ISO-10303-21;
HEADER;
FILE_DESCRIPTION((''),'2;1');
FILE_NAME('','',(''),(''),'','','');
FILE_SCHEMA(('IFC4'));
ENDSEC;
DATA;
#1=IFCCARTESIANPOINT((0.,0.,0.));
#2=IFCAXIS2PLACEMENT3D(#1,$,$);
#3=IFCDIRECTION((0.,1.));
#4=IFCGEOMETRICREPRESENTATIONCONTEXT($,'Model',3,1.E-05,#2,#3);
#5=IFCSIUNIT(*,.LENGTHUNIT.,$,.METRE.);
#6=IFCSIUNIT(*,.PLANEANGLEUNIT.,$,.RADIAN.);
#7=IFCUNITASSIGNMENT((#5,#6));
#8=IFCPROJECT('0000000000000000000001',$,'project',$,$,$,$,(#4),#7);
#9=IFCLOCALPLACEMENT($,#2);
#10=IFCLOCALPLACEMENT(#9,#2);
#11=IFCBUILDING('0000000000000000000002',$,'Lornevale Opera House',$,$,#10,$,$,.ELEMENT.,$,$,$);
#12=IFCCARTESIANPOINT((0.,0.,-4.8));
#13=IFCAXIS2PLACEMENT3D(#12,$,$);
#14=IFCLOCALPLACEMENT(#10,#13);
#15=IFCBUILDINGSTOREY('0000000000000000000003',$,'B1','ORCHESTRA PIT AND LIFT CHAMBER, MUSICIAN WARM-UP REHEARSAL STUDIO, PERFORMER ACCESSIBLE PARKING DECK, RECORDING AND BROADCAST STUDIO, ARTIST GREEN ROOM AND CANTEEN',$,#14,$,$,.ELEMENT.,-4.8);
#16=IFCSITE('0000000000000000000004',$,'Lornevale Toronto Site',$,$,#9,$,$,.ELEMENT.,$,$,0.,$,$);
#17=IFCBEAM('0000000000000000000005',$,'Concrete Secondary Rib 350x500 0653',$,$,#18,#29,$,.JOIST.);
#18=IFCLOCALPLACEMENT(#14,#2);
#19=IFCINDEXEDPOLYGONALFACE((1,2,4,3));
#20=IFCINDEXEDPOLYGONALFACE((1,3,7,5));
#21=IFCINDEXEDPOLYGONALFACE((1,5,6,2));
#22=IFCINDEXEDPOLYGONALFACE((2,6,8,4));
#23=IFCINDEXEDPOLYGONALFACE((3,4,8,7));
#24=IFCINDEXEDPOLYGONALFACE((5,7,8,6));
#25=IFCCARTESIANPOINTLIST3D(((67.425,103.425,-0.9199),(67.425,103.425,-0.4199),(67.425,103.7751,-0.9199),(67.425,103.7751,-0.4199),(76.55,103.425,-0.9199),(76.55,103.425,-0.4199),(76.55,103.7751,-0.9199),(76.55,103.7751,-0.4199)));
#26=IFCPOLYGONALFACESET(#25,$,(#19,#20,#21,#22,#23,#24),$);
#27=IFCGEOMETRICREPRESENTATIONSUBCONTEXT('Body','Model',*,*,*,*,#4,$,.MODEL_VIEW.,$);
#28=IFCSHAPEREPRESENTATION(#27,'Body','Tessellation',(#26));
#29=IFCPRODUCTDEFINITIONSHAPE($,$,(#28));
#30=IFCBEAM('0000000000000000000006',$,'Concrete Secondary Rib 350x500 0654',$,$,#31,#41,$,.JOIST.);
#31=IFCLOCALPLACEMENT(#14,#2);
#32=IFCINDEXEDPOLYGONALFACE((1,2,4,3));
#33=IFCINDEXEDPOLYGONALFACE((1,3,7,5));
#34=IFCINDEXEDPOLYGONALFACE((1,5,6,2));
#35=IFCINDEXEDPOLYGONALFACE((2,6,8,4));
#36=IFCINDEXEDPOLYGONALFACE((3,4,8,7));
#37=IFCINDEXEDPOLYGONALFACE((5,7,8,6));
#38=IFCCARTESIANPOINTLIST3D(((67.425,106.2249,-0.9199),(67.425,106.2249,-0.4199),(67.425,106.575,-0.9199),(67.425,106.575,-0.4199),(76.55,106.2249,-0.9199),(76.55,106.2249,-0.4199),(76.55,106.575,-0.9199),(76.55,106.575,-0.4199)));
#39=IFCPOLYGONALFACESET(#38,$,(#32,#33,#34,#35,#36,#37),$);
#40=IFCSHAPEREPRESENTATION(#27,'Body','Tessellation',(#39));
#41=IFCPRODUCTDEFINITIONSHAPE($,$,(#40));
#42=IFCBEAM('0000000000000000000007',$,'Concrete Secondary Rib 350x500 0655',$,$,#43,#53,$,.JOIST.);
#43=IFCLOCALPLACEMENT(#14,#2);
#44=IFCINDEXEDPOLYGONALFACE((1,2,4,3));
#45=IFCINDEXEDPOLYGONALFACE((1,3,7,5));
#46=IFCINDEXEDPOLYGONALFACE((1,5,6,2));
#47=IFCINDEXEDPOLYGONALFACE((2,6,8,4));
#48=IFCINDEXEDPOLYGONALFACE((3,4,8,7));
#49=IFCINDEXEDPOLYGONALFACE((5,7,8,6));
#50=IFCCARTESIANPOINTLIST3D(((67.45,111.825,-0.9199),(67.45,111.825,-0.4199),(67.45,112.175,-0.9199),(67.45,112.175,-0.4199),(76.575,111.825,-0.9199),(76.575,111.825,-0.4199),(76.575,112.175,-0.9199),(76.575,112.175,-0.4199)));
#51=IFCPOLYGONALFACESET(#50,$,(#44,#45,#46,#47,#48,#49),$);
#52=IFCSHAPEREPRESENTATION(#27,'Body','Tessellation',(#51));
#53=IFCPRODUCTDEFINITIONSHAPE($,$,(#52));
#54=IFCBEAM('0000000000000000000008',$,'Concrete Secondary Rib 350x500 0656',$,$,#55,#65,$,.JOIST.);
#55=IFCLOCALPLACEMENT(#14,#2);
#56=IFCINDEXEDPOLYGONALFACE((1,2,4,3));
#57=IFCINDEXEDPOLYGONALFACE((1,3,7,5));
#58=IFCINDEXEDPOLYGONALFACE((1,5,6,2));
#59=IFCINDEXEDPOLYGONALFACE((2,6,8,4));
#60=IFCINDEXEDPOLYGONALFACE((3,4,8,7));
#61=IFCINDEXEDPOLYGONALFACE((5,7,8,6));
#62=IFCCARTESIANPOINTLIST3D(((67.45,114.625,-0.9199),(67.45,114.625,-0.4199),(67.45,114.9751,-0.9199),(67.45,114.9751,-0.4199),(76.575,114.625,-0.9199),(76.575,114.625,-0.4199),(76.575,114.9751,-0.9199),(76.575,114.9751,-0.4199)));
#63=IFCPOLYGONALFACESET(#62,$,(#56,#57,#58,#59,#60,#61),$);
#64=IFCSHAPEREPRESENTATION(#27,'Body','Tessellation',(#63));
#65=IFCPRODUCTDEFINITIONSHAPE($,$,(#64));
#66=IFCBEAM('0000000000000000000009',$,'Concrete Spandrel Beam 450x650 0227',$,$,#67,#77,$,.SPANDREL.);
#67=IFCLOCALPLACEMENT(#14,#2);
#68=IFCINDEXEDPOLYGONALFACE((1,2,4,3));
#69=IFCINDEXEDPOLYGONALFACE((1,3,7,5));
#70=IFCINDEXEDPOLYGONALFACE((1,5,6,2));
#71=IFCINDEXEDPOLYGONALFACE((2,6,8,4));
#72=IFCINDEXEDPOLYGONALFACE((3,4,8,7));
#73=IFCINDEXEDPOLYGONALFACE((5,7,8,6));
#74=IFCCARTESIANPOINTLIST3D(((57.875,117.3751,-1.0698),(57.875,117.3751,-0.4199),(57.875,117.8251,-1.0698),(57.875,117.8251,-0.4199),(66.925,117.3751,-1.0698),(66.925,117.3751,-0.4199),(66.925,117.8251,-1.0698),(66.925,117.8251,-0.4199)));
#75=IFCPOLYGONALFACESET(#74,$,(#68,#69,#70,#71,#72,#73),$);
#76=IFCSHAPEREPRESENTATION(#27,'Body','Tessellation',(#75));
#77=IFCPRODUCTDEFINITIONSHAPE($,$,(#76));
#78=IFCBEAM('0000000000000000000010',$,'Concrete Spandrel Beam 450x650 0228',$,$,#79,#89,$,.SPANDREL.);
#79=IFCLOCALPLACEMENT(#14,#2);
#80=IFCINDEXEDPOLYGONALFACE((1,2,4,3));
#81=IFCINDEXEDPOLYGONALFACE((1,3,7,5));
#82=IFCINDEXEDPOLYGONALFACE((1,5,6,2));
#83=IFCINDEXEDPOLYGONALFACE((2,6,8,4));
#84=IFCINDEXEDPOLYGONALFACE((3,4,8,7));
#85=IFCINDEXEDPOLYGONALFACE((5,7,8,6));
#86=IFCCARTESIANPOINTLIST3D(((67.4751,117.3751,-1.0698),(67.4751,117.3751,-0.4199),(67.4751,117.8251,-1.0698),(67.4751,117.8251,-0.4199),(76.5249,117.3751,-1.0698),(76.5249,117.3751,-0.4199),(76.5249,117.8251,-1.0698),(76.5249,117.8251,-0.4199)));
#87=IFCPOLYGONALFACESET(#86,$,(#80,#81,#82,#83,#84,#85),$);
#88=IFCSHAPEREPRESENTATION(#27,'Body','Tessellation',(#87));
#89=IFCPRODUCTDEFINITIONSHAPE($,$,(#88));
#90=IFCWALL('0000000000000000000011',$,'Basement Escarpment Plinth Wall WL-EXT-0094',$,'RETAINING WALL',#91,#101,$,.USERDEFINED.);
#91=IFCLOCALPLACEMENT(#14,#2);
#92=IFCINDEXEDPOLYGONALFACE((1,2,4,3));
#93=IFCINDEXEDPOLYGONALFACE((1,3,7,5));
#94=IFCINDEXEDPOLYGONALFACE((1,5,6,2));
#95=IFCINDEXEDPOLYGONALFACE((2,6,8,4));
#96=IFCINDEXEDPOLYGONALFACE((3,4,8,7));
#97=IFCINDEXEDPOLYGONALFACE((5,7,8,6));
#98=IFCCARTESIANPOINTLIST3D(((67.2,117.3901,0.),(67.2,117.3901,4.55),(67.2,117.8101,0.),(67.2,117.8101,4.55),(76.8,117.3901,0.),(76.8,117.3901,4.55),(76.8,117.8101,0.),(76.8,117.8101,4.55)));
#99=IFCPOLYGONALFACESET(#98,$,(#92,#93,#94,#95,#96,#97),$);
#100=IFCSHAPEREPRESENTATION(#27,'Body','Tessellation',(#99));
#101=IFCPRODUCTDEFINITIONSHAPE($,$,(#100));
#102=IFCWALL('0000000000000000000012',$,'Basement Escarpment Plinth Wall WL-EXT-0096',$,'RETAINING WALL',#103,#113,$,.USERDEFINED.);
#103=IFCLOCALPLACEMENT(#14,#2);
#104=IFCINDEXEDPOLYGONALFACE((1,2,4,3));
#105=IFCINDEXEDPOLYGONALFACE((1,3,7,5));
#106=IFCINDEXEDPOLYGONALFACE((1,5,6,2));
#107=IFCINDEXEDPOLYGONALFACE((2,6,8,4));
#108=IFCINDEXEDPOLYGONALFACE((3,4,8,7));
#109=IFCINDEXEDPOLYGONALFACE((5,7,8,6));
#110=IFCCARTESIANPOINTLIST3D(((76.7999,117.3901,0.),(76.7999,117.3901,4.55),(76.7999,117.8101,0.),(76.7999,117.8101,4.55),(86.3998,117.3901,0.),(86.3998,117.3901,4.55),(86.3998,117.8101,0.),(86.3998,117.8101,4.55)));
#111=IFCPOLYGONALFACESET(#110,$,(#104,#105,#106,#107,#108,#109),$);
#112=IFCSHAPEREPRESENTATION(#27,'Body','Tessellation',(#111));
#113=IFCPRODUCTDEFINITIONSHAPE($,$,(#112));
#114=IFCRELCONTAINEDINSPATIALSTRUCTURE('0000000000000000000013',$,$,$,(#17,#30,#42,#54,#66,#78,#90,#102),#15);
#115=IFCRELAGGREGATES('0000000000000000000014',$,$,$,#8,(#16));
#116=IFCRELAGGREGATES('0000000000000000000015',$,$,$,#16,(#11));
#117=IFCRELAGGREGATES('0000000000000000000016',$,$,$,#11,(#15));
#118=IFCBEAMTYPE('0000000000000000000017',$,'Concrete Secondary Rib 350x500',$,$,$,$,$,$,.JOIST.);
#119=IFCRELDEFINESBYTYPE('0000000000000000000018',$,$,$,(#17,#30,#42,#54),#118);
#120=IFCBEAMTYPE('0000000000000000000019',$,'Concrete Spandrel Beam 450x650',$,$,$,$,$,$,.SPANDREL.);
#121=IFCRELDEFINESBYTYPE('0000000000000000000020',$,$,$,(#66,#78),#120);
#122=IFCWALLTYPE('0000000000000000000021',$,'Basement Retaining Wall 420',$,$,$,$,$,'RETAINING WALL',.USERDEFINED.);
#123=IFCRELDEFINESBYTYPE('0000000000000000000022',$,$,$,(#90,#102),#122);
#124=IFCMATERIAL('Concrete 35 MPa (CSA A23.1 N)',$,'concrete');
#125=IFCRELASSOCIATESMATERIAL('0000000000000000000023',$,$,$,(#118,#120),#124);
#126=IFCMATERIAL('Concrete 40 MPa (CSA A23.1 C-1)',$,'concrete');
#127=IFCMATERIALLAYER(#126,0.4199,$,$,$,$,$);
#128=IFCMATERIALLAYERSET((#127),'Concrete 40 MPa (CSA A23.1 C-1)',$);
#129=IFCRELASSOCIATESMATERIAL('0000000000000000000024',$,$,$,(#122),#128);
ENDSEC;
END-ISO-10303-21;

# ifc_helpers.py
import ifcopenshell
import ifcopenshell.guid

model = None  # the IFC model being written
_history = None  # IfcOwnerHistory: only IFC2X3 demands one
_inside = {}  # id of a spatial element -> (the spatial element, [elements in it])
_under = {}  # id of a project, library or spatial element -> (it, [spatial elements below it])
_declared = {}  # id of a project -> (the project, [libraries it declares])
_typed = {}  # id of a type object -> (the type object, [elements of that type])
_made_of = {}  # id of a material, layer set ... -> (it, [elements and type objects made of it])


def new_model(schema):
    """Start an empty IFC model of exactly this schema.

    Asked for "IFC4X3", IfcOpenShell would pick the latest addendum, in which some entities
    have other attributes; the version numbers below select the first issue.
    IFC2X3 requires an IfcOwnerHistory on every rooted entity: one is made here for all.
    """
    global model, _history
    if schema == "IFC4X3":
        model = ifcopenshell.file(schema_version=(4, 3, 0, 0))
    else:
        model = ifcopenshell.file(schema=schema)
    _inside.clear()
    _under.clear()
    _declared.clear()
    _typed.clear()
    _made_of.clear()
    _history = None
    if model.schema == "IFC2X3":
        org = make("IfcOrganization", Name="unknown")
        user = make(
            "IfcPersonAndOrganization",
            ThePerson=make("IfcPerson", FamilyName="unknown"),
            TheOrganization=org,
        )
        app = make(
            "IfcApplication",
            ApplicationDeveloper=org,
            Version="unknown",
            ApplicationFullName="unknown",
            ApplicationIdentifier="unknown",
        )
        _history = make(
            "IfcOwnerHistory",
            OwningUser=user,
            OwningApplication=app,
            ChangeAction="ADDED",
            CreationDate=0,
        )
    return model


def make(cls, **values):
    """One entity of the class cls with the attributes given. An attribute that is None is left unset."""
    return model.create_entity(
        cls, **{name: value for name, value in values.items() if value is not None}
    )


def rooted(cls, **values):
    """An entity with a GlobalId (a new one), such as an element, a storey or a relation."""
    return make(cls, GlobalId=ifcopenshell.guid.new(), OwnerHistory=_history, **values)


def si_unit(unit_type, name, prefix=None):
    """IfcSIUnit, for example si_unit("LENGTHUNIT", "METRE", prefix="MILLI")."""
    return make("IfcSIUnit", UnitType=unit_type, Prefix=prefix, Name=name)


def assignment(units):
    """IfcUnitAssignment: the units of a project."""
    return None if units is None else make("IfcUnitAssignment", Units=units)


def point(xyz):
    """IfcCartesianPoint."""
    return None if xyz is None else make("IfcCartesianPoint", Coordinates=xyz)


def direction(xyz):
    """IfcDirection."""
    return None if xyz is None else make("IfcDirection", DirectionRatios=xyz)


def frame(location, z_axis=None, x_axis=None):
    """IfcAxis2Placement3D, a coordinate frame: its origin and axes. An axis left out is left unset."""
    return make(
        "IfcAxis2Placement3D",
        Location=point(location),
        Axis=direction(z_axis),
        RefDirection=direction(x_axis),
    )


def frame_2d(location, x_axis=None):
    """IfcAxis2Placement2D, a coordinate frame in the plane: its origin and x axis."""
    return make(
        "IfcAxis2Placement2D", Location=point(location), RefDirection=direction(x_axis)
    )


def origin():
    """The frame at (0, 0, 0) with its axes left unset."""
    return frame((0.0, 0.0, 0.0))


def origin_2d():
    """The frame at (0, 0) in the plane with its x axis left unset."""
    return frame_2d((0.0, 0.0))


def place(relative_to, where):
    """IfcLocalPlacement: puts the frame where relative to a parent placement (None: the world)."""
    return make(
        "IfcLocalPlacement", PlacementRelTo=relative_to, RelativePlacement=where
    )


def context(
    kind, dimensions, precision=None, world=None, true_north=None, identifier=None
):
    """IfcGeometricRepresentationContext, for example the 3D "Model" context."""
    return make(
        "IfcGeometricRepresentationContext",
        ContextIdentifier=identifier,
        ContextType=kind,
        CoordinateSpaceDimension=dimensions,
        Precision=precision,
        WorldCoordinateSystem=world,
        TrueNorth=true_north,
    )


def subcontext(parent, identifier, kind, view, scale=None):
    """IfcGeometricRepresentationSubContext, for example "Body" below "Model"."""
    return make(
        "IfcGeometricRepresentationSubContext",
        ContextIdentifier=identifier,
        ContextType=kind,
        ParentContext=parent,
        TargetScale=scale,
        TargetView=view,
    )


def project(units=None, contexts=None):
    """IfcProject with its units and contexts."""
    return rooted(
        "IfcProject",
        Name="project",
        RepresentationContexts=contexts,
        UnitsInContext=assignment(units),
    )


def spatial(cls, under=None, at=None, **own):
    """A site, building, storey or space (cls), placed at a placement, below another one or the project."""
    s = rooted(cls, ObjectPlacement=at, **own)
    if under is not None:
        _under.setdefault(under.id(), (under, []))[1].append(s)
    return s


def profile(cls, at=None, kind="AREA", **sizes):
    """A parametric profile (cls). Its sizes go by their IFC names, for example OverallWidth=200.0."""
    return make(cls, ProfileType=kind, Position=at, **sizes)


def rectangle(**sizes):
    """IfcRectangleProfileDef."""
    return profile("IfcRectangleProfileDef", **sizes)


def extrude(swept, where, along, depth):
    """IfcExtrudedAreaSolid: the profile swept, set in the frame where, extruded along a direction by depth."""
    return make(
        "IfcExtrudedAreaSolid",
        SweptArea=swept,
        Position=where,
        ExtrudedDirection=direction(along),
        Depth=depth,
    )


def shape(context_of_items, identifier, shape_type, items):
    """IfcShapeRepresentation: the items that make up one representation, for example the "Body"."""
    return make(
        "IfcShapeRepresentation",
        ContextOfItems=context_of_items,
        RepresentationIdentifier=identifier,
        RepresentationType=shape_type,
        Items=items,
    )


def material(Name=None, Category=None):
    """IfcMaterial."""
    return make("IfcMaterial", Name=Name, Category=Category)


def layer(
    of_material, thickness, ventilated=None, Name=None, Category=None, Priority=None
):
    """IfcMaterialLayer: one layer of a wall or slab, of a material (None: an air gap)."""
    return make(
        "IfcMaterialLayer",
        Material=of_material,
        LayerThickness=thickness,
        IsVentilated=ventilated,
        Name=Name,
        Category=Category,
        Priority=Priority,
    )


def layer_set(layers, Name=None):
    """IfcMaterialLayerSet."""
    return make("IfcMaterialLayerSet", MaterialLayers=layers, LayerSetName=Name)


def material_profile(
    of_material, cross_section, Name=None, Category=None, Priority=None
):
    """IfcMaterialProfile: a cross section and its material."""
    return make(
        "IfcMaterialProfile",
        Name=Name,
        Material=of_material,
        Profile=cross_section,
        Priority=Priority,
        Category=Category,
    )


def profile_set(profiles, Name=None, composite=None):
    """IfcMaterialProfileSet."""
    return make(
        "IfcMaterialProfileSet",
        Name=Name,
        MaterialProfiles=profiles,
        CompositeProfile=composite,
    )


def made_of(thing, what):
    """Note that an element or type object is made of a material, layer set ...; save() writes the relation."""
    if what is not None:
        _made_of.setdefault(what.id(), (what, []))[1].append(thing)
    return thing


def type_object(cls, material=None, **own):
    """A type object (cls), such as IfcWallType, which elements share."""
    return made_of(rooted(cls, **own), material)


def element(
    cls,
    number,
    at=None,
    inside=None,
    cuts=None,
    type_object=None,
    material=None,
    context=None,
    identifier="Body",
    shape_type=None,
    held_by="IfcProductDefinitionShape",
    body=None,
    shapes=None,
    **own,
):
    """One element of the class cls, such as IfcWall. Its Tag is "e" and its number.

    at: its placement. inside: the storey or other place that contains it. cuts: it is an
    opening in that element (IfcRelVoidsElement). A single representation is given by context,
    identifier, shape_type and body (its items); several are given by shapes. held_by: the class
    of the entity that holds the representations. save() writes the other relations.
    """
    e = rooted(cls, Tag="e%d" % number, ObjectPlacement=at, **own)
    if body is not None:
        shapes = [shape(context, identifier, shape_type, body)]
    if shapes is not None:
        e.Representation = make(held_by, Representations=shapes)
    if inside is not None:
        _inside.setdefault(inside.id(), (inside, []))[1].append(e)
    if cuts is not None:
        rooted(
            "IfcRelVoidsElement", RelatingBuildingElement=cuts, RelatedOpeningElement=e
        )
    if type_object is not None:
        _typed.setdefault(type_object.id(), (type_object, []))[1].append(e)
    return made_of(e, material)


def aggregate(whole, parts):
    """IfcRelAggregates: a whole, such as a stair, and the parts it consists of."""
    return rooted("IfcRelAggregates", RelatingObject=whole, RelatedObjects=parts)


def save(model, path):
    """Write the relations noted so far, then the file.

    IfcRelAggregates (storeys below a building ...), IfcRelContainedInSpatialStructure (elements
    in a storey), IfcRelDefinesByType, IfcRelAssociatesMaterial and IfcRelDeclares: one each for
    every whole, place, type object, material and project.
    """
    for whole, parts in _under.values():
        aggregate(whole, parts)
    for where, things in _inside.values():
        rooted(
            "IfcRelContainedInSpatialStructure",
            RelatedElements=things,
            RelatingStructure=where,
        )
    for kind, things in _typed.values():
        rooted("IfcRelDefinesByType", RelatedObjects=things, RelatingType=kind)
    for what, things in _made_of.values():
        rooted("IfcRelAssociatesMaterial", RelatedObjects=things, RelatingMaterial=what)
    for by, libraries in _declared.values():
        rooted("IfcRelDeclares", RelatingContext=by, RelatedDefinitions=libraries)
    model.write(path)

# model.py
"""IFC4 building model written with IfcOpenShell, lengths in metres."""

from ifc_helpers import new_model, si_unit, direction, frame, frame_2d, origin, origin_2d, place, context, subcontext, project, spatial, rectangle, extrude, material, layer, layer_set, material_profile, profile_set, type_object, element, save


model = new_model("IFC4")

# Units and contexts
model_context = context("Model", 3, precision=1e-05, world=origin(), true_north=direction((0.0, 1.0)))
body_context = subcontext(model_context, "Body", "Model", "MODEL_VIEW")
ifc_project = project(units=[si_unit("LENGTHUNIT", "METRE"), si_unit("PLANEANGLEUNIT", "RADIAN")], contexts=[model_context])

# Site, building, storey
site_placement = place(None, origin())
site = spatial("IfcSite", under=ifc_project, at=site_placement, Name="Lornevale Toronto Site", CompositionType="ELEMENT", RefElevation=0.0)
building_placement = place(site_placement, origin())
building = spatial("IfcBuilding", under=site, at=building_placement, Name="Lornevale Opera House", CompositionType="ELEMENT")
storey_placement = place(building_placement, frame((0.0, 0.0, -4.8)))
storey = spatial("IfcBuildingStorey", under=building, at=storey_placement, Name="B1", Description="ORCHESTRA PIT AND LIFT CHAMBER, MUSICIAN WARM-UP REHEARSAL STUDIO, PERFORMER ACCESSIBLE PARKING DECK, RECORDING AND BROADCAST STUDIO, ARTIST GREEN ROOM AND CANTEEN", CompositionType="ELEMENT", Elevation=-4.8)

# Shared definitions
ifc_material_1 = material(Name="Concrete 35 MPa (CSA A23.1 N)", Category="concrete")
ifc_material_2 = material(Name="Concrete 40 MPa (CSA A23.1 C-1)", Category="concrete")

# Beams
ifc_material_profile_1 = material_profile(ifc_material_1, rectangle(XDim=0.3501, YDim=0.5, at=origin_2d()), Name="RC350x500")
ifc_profile_set_1 = profile_set([ifc_material_profile_1], Name="Concrete 35 MPa (CSA A23.1 N)")
beam_type_1 = type_object("IfcBeamType", Name="Concrete Secondary Rib 350x500", PredefinedType="JOIST", material=ifc_profile_set_1)
for number, where, z_axis, x_axis, name in (
    (1, (67.425, 103.6001, -0.6699), (1.0, 0.0, 0.0), (0.0, 1.0, 0.0), "Concrete Secondary Rib 350x500 0653"),
    (2, (67.425, 106.3999, -0.6699), (1.0, 0.0, 0.0), (0.0, 1.0, 0.0), "Concrete Secondary Rib 350x500 0654"),
    (3, (67.45, 112.0, -0.6699), (1.0, 0.0, 0.0), (0.0, 1.0, 0.0), "Concrete Secondary Rib 350x500 0655"),
    (4, (67.45, 114.8, -0.6699), (1.0, 0.0, 0.0), (0.0, 1.0, 0.0), "Concrete Secondary Rib 350x500 0656"),
):
    element("IfcBeam", number, at=place(storey_placement, frame(where, z_axis=z_axis, x_axis=x_axis)), inside=storey, type_object=beam_type_1, Name=name, PredefinedType="JOIST", context=body_context, shape_type="SweptSolid", body=[
        extrude(rectangle(XDim=0.3501, YDim=0.5, at=origin_2d()), origin(), (0.0, 0.0, 1.0), 9.125),
    ])
ifc_material_profile_2 = material_profile(ifc_material_1, rectangle(XDim=0.45, YDim=0.6499, at=origin_2d()), Name="RC450x650")
ifc_profile_set_2 = profile_set([ifc_material_profile_2], Name="Concrete 35 MPa (CSA A23.1 N)")
beam_type_2 = type_object("IfcBeamType", Name="Concrete Spandrel Beam 450x650", PredefinedType="SPANDREL", material=ifc_profile_set_2)
beam_1_placement = place(storey_placement, frame((57.875, 117.6001, -0.7449), z_axis=(1.0, 0.0, 0.0), x_axis=(0.0, 1.0, 0.0)))
element("IfcBeam", 5, at=beam_1_placement, inside=storey, type_object=beam_type_2, Name="Concrete Spandrel Beam 450x650 0227", PredefinedType="SPANDREL", context=body_context, shape_type="SweptSolid", body=[
    extrude(rectangle(XDim=0.45, YDim=0.6499, at=origin_2d()), origin(), (0.0, 0.0, 1.0), 9.05),
])
beam_2_placement = place(storey_placement, frame((67.4751, 117.6001, -0.7449), z_axis=(1.0, 0.0, 0.0), x_axis=(0.0, 1.0, 0.0)))
element("IfcBeam", 6, at=beam_2_placement, inside=storey, type_object=beam_type_2, Name="Concrete Spandrel Beam 450x650 0228", PredefinedType="SPANDREL", context=body_context, shape_type="SweptSolid", body=[
    extrude(rectangle(XDim=0.45, YDim=0.6499, at=origin_2d()), origin(), (0.0, 0.0, 1.0), 9.0498),
])

# Walls
ifc_layer = layer(ifc_material_2, 0.4199)
ifc_layer_set = layer_set([ifc_layer], Name="Concrete 40 MPa (CSA A23.1 C-1)")
wall_type = type_object("IfcWallType", Name="Basement Retaining Wall 420", ElementType="RETAINING WALL", PredefinedType="USERDEFINED", material=ifc_layer_set)
wall_1_placement = place(storey_placement, frame((67.2, 117.6001, 0.0), z_axis=(0.0, 0.0, 1.0), x_axis=(1.0, 0.0, 0.0)))
element("IfcWall", 7, at=wall_1_placement, inside=storey, type_object=wall_type, Name="Basement Escarpment Plinth Wall WL-EXT-0094", ObjectType="RETAINING WALL", PredefinedType="USERDEFINED", context=body_context, shape_type="SweptSolid", body=[
    extrude(rectangle(XDim=9.6001, YDim=0.4199, at=frame_2d((4.8, 0.0))), origin(), (0.0, 0.0, 1.0), 4.55),
])
wall_2_placement = place(storey_placement, frame((76.8, 117.6001, 0.0), z_axis=(0.0, 0.0, 1.0), x_axis=(1.0, 0.0, 0.0)))
element("IfcWall", 8, at=wall_2_placement, inside=storey, type_object=wall_type, Name="Basement Escarpment Plinth Wall WL-EXT-0096", ObjectType="RETAINING WALL", PredefinedType="USERDEFINED", context=body_context, shape_type="SweptSolid", body=[
    extrude(rectangle(XDim=9.5999, YDim=0.4199, at=frame_2d((4.7998, 0.0))), origin(), (0.0, 0.0, 1.0), 4.55),
])

save(model, "model.ifc")
